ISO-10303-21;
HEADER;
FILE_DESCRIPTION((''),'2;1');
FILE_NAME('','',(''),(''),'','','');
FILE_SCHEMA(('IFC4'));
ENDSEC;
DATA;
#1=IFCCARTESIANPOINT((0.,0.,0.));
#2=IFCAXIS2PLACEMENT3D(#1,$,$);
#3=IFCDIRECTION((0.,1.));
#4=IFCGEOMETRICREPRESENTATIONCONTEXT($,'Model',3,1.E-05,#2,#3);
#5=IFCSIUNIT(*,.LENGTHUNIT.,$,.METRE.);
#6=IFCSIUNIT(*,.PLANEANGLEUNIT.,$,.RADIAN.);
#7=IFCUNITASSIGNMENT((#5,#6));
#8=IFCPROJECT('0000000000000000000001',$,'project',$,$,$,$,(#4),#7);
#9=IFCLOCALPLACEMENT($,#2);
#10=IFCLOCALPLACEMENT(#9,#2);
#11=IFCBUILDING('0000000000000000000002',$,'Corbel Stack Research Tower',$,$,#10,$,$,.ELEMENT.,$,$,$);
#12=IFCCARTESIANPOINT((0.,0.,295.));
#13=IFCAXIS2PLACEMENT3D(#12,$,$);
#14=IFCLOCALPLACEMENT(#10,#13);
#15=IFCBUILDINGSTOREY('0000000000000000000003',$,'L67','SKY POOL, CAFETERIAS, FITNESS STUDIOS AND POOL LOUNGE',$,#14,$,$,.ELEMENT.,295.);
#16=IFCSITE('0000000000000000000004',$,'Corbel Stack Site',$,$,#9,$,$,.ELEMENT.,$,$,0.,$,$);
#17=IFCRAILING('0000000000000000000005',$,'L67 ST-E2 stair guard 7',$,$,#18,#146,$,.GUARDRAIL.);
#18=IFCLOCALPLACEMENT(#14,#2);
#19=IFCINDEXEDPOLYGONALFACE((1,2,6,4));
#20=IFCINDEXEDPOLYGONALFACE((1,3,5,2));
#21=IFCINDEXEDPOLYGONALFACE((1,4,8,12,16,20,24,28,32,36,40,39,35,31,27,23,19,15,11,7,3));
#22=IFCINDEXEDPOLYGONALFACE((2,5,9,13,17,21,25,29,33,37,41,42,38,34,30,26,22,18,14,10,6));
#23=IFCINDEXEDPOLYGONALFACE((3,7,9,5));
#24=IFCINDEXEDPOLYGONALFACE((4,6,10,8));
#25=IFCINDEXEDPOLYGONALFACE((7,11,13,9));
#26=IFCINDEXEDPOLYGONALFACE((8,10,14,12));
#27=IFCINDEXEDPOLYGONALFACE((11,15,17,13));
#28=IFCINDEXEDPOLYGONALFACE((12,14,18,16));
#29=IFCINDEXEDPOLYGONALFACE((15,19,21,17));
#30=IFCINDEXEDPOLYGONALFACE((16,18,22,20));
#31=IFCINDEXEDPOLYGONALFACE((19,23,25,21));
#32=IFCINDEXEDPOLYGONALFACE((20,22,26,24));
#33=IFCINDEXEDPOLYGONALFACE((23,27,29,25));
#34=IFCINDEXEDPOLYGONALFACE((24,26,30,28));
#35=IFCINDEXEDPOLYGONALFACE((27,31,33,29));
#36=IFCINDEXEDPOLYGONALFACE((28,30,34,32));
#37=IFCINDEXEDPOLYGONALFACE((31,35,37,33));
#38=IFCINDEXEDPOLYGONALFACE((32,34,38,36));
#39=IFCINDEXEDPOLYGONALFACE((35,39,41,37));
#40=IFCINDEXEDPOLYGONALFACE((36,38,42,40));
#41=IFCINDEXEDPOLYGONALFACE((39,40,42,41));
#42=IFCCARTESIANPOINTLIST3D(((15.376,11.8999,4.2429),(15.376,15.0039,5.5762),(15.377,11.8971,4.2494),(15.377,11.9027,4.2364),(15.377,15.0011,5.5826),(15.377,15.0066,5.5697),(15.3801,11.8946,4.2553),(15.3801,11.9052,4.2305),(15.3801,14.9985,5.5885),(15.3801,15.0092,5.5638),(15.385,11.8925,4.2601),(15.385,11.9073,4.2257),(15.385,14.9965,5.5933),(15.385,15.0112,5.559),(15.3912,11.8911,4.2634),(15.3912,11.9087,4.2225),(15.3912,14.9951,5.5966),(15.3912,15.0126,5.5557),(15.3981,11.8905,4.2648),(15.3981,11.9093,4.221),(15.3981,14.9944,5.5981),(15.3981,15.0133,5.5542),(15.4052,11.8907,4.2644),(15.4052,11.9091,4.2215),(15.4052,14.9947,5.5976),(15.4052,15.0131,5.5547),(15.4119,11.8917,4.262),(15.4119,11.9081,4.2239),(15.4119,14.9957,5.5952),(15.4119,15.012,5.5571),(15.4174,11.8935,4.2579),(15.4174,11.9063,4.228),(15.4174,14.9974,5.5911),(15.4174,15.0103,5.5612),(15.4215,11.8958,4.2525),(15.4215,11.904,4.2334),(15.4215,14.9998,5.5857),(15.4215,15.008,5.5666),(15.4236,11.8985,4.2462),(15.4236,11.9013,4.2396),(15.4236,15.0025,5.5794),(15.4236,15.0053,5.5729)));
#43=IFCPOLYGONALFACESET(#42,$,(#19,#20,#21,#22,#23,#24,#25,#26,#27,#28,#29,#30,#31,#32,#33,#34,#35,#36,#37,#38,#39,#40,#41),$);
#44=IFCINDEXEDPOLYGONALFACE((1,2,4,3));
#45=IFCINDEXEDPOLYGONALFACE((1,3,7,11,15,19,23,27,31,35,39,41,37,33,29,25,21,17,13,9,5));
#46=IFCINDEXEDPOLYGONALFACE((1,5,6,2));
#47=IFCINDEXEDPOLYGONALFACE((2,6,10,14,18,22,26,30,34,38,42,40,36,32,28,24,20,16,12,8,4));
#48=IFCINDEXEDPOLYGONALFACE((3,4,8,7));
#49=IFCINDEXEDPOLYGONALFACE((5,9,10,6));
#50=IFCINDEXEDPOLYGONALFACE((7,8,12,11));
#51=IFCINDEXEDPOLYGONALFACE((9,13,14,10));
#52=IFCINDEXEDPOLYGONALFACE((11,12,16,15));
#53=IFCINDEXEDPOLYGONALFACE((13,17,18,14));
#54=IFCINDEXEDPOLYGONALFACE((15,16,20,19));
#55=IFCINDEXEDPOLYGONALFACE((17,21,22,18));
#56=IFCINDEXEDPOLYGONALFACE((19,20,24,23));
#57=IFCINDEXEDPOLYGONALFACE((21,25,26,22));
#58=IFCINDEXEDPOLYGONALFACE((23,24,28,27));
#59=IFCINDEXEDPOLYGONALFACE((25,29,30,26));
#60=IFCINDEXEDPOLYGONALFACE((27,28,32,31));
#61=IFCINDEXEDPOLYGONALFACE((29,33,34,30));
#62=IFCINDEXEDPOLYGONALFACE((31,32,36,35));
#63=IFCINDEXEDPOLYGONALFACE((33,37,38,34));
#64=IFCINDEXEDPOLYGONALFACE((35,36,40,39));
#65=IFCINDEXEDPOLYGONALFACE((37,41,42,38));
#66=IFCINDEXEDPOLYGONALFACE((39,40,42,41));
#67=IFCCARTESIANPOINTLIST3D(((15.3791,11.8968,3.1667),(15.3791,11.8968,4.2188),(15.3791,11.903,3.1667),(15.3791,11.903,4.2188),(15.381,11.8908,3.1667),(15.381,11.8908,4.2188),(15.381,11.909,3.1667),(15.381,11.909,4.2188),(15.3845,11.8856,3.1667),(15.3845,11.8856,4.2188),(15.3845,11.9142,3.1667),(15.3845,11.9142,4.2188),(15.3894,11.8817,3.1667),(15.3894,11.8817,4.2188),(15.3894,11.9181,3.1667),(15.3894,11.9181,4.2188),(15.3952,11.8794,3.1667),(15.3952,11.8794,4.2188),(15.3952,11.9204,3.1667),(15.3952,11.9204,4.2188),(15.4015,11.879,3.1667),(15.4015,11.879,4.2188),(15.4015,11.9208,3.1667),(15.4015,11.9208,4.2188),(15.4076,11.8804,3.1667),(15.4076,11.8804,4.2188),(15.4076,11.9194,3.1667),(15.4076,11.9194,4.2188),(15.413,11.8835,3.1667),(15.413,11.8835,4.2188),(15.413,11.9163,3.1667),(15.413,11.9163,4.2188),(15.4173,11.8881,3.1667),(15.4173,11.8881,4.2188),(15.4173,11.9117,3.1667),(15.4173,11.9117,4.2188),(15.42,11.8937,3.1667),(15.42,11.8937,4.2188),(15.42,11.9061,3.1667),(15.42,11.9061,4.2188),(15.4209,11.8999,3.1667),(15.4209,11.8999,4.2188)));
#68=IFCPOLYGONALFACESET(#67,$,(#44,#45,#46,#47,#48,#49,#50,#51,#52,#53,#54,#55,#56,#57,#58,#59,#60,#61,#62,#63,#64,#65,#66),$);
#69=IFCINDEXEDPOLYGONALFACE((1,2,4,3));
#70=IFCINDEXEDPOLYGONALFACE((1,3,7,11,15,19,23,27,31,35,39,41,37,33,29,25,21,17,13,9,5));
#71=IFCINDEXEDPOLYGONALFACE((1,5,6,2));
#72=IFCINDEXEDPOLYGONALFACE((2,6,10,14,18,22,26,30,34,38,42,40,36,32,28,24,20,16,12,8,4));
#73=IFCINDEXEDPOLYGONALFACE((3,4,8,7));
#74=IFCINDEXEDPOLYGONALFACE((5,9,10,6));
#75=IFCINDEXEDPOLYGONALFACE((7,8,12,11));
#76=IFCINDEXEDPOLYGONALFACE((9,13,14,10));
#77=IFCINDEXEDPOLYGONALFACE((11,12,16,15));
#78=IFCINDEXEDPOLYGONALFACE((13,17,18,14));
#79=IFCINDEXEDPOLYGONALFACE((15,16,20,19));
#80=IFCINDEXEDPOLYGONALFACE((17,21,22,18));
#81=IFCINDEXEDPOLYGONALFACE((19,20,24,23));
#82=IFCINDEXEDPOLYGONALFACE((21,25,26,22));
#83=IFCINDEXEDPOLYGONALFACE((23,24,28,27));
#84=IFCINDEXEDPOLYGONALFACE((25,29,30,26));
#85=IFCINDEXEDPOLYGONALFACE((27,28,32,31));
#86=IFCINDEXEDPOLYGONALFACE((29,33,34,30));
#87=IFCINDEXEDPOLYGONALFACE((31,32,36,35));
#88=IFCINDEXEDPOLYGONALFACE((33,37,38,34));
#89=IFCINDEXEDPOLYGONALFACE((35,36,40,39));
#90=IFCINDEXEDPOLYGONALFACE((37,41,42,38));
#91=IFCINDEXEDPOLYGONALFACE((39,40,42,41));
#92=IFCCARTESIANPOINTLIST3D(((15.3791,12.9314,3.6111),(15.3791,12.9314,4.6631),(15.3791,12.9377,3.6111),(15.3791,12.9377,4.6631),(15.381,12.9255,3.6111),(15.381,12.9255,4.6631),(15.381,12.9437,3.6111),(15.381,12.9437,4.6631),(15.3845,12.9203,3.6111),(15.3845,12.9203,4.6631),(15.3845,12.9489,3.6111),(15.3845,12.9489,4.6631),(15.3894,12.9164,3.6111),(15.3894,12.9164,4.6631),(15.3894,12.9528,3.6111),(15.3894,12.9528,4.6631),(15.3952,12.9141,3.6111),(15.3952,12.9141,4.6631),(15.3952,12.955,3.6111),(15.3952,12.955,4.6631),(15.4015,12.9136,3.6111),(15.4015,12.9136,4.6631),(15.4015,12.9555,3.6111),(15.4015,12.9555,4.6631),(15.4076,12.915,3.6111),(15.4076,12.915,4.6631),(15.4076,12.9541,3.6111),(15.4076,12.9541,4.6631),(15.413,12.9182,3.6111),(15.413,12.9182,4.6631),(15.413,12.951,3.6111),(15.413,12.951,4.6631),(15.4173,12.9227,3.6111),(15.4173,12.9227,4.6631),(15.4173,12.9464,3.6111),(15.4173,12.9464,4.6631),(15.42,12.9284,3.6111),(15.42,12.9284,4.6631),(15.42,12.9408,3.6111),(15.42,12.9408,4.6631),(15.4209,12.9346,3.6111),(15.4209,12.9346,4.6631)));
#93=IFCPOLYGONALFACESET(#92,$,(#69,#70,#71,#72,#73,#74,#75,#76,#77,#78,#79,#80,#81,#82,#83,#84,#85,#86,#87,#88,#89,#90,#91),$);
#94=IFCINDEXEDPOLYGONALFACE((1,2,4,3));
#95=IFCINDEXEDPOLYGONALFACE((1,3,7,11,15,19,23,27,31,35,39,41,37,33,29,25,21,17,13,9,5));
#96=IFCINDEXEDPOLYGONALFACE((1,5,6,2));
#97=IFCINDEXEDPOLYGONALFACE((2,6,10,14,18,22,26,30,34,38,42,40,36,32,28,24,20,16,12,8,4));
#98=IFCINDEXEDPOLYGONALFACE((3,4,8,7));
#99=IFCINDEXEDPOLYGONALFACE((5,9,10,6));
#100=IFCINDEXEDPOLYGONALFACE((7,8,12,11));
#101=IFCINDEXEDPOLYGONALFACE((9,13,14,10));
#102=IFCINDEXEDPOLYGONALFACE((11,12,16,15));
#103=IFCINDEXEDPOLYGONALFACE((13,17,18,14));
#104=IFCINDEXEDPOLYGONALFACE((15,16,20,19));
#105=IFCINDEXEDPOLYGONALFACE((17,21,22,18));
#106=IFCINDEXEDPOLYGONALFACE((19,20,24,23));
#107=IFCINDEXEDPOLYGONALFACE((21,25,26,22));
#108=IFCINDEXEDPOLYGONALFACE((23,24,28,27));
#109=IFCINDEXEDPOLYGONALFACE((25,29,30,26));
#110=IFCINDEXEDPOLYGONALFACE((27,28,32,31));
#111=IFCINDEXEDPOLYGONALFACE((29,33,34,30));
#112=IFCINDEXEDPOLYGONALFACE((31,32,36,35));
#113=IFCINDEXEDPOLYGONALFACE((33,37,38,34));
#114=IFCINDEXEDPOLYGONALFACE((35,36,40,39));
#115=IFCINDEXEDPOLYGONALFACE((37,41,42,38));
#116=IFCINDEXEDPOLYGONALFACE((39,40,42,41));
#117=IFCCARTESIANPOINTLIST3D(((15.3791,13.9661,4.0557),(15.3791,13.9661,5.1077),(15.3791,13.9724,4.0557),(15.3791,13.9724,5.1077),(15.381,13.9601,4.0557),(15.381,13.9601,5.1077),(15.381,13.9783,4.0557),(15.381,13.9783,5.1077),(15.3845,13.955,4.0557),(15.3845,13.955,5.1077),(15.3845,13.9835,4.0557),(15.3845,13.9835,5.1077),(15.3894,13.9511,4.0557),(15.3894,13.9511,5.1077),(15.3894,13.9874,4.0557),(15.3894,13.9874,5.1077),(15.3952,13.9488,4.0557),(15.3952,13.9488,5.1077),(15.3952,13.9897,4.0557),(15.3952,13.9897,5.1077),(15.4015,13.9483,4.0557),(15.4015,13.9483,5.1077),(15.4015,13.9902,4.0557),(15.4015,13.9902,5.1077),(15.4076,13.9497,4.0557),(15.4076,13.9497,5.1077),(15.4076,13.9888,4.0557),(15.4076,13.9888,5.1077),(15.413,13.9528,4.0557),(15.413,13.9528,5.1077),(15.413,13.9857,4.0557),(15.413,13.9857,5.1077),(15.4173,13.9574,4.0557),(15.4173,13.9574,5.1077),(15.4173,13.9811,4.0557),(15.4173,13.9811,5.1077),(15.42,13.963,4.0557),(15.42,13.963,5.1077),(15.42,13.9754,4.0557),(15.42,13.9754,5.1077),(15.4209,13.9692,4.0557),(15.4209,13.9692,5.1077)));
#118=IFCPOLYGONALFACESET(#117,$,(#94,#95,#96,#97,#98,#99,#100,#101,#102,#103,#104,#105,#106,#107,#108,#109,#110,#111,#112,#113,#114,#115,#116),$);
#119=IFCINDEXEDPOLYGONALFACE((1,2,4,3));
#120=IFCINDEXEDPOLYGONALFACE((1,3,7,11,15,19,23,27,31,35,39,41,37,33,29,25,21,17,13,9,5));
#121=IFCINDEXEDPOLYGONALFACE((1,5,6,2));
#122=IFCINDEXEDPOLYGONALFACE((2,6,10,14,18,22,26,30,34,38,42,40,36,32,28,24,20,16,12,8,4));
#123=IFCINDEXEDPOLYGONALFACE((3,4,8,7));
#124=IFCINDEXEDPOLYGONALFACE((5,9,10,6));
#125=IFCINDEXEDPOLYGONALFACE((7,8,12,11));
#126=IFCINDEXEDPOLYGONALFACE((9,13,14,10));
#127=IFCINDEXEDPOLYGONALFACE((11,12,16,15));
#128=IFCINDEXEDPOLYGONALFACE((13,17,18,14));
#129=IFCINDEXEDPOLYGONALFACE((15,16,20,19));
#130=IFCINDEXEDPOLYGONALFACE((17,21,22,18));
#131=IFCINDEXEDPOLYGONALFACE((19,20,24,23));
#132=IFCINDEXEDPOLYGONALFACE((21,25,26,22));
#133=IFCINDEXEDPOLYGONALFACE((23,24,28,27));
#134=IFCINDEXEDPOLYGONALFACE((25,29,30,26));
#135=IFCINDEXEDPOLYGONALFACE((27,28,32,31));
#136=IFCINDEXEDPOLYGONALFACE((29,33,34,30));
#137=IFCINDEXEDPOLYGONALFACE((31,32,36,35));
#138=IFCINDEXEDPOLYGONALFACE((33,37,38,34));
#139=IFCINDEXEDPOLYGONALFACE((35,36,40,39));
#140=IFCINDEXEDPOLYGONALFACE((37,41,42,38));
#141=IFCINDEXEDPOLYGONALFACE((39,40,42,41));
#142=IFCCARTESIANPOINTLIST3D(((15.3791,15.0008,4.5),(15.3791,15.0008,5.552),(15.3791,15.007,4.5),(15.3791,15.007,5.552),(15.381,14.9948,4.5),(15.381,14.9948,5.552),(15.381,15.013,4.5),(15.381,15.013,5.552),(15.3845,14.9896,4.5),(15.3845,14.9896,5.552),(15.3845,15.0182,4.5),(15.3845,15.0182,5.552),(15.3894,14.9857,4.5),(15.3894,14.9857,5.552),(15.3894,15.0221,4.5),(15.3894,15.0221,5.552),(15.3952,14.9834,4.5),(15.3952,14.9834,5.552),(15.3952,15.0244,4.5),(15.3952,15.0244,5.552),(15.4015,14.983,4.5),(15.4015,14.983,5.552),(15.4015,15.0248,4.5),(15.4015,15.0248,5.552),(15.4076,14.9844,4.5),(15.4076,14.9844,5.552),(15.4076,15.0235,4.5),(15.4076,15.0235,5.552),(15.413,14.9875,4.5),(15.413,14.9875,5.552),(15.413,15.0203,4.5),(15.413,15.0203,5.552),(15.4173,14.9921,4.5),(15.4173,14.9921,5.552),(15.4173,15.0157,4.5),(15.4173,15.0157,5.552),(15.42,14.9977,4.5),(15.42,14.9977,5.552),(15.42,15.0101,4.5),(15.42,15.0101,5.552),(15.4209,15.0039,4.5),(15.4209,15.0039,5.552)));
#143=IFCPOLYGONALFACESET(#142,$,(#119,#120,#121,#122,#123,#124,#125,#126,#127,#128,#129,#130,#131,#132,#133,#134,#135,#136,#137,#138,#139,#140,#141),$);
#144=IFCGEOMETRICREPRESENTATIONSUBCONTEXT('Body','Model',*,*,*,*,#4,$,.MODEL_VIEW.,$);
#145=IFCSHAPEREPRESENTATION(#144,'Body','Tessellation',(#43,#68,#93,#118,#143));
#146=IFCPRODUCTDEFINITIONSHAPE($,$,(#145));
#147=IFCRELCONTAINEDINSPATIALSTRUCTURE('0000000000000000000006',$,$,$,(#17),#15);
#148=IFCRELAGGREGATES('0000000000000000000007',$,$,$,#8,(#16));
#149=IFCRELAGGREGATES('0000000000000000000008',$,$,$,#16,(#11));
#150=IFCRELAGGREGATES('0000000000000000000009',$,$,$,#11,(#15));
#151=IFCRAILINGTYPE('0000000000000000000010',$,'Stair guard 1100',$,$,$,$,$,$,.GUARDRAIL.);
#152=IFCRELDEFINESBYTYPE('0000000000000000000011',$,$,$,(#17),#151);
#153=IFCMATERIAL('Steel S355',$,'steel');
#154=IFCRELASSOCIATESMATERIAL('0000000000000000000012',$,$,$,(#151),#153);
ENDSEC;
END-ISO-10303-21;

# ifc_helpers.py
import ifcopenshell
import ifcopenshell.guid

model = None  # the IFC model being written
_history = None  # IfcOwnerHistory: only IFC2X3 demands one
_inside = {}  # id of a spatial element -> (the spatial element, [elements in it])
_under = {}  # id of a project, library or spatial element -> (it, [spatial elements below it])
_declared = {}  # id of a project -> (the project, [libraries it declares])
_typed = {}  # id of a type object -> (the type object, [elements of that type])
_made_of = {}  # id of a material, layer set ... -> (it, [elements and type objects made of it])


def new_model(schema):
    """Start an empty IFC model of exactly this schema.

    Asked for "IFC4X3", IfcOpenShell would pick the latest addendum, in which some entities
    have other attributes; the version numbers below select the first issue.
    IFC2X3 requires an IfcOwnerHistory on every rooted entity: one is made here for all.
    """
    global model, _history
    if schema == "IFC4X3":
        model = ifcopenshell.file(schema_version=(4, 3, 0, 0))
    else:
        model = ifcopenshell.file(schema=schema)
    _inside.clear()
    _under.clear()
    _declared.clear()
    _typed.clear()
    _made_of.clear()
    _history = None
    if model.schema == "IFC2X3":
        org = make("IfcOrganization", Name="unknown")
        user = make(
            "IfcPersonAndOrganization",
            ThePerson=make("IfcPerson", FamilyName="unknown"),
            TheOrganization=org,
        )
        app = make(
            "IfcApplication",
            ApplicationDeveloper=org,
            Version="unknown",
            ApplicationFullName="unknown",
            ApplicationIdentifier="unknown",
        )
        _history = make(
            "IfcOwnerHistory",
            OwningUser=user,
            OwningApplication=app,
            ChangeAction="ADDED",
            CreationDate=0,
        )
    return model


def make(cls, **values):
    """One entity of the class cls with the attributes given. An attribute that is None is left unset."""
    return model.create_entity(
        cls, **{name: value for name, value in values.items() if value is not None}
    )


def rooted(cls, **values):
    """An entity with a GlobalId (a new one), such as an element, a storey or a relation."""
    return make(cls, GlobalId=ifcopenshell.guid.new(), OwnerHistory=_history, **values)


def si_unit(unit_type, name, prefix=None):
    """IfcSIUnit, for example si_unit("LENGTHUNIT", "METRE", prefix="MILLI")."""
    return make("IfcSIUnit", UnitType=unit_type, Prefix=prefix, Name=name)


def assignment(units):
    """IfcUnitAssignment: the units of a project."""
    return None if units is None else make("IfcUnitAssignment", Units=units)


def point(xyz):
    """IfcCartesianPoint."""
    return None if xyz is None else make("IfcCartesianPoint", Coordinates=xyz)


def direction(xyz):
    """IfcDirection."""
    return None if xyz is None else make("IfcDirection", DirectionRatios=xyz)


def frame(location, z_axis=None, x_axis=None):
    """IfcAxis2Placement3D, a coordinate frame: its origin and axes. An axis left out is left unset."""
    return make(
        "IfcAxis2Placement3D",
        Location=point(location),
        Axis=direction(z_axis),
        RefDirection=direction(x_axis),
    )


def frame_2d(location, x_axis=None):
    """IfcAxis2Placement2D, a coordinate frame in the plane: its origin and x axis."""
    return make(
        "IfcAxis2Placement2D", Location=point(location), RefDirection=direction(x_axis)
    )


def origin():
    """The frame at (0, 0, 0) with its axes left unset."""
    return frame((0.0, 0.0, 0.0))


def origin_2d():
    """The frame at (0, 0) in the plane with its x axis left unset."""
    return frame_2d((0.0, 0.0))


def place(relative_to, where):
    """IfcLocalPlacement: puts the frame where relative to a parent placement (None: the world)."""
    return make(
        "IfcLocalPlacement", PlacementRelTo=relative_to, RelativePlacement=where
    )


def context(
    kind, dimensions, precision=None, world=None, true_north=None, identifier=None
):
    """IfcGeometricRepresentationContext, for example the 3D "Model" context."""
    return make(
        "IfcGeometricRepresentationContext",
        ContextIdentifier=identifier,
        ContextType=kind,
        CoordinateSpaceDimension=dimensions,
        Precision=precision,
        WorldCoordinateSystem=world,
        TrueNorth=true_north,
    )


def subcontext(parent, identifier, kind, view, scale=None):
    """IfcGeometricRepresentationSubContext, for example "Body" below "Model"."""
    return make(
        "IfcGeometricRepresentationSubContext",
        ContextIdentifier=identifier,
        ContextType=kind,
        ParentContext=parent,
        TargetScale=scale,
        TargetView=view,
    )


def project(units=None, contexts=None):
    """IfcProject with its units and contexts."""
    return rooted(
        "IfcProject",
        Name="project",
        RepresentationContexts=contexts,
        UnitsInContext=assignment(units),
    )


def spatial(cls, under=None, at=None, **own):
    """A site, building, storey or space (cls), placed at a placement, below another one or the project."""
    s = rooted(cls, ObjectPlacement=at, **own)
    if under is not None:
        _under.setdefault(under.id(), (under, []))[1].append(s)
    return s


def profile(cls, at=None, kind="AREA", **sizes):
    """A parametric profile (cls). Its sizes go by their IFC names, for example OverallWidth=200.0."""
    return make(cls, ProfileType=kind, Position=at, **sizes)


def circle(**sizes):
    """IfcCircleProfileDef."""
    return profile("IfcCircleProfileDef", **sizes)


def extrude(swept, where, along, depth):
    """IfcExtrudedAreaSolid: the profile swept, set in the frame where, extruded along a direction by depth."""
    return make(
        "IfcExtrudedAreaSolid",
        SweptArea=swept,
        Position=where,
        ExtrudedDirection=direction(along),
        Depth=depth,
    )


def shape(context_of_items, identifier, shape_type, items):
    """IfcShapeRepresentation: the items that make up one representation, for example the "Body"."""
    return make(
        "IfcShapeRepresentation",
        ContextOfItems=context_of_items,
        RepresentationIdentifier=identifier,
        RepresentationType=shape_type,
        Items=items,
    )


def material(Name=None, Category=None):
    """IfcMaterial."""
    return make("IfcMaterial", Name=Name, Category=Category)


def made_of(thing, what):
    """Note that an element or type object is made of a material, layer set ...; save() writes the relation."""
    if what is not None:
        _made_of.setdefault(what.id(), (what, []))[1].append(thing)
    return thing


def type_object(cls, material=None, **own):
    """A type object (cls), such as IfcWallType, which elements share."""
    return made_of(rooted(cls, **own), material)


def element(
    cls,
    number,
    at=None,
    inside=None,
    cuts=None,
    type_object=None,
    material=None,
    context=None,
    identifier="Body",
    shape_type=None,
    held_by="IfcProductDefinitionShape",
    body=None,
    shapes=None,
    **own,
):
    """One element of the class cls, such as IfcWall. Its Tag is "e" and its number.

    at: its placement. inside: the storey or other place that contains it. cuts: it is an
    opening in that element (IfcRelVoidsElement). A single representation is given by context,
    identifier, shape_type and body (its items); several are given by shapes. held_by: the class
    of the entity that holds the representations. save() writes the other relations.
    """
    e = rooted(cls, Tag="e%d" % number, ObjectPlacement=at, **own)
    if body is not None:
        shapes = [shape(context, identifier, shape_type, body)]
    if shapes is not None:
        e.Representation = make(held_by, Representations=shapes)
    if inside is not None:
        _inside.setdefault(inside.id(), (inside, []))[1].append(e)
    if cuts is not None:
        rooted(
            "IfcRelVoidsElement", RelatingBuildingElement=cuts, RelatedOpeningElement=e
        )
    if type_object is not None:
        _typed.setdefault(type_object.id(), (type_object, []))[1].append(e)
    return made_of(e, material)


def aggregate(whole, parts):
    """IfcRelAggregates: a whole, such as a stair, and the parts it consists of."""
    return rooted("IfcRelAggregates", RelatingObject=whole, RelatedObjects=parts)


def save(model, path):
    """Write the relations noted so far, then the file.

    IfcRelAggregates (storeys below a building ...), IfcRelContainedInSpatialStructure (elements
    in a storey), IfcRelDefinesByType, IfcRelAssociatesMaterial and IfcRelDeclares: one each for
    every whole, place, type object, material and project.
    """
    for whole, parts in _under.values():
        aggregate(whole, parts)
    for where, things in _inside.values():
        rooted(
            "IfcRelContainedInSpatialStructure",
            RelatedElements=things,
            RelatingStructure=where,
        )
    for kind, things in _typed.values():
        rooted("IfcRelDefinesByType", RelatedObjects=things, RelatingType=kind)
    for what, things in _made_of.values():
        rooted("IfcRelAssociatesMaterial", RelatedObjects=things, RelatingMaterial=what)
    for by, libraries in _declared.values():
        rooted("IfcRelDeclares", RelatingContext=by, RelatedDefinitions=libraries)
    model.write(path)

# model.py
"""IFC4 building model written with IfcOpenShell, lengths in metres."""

from ifc_helpers import new_model, si_unit, direction, frame, origin, origin_2d, place, context, subcontext, project, spatial, circle, extrude, material, type_object, element, save


model = new_model("IFC4")

# Units and contexts
model_context = context("Model", 3, precision=1e-05, world=origin(), true_north=direction((0.0, 1.0)))
body_context = subcontext(model_context, "Body", "Model", "MODEL_VIEW")
ifc_project = project(units=[si_unit("LENGTHUNIT", "METRE"), si_unit("PLANEANGLEUNIT", "RADIAN")], contexts=[model_context])

# Site, building, storey
site_placement = place(None, origin())
site = spatial("IfcSite", under=ifc_project, at=site_placement, Name="Corbel Stack Site", CompositionType="ELEMENT", RefElevation=0.0)
building_placement = place(site_placement, origin())
building = spatial("IfcBuilding", under=site, at=building_placement, Name="Corbel Stack Research Tower", CompositionType="ELEMENT")
storey_placement = place(building_placement, frame((0.0, 0.0, 295.0)))
storey = spatial("IfcBuildingStorey", under=building, at=storey_placement, Name="L67", Description="SKY POOL, CAFETERIAS, FITNESS STUDIOS AND POOL LOUNGE", CompositionType="ELEMENT", Elevation=295.0)

# Railing
ifc_material_1 = material(Name="Steel S355", Category="steel")
railing_type_1 = type_object("IfcRailingType", Name="Stair guard 1100", PredefinedType="GUARDRAIL", material=ifc_material_1)
railing_1_placement = place(storey_placement, frame((15.3999, 11.8999, 3.1667)))
element("IfcRailing", 1, at=railing_1_placement, inside=storey, type_object=railing_type_1, Name="L67 ST-E2 stair guard 7", PredefinedType="GUARDRAIL", context=body_context, shape_type="SweptSolid", body=[
    extrude(circle(Radius=0.0239, at=origin_2d()), frame((0.0, 0.0, 1.0762), z_axis=(0.0, 0.918827, 0.394661), x_axis=(-1.0, 0.0, 0.0)), (0.0, 0.0, 1.0), 3.3782),
    extrude(circle(Radius=0.021, at=origin_2d()), origin(), (0.0, 0.0, 1.0), 1.052),
    extrude(circle(Radius=0.021, at=origin_2d()), frame((0.0, 1.0347, 0.4443)), (0.0, 0.0, 1.0), 1.052),
    extrude(circle(Radius=0.021, at=origin_2d()), frame((0.0, 2.0693, 0.8889)), (0.0, 0.0, 1.0), 1.052),
    extrude(circle(Radius=0.021, at=origin_2d()), frame((0.0, 3.104, 1.3333)), (0.0, 0.0, 1.0), 1.052),
])

save(model, "model.ifc")
